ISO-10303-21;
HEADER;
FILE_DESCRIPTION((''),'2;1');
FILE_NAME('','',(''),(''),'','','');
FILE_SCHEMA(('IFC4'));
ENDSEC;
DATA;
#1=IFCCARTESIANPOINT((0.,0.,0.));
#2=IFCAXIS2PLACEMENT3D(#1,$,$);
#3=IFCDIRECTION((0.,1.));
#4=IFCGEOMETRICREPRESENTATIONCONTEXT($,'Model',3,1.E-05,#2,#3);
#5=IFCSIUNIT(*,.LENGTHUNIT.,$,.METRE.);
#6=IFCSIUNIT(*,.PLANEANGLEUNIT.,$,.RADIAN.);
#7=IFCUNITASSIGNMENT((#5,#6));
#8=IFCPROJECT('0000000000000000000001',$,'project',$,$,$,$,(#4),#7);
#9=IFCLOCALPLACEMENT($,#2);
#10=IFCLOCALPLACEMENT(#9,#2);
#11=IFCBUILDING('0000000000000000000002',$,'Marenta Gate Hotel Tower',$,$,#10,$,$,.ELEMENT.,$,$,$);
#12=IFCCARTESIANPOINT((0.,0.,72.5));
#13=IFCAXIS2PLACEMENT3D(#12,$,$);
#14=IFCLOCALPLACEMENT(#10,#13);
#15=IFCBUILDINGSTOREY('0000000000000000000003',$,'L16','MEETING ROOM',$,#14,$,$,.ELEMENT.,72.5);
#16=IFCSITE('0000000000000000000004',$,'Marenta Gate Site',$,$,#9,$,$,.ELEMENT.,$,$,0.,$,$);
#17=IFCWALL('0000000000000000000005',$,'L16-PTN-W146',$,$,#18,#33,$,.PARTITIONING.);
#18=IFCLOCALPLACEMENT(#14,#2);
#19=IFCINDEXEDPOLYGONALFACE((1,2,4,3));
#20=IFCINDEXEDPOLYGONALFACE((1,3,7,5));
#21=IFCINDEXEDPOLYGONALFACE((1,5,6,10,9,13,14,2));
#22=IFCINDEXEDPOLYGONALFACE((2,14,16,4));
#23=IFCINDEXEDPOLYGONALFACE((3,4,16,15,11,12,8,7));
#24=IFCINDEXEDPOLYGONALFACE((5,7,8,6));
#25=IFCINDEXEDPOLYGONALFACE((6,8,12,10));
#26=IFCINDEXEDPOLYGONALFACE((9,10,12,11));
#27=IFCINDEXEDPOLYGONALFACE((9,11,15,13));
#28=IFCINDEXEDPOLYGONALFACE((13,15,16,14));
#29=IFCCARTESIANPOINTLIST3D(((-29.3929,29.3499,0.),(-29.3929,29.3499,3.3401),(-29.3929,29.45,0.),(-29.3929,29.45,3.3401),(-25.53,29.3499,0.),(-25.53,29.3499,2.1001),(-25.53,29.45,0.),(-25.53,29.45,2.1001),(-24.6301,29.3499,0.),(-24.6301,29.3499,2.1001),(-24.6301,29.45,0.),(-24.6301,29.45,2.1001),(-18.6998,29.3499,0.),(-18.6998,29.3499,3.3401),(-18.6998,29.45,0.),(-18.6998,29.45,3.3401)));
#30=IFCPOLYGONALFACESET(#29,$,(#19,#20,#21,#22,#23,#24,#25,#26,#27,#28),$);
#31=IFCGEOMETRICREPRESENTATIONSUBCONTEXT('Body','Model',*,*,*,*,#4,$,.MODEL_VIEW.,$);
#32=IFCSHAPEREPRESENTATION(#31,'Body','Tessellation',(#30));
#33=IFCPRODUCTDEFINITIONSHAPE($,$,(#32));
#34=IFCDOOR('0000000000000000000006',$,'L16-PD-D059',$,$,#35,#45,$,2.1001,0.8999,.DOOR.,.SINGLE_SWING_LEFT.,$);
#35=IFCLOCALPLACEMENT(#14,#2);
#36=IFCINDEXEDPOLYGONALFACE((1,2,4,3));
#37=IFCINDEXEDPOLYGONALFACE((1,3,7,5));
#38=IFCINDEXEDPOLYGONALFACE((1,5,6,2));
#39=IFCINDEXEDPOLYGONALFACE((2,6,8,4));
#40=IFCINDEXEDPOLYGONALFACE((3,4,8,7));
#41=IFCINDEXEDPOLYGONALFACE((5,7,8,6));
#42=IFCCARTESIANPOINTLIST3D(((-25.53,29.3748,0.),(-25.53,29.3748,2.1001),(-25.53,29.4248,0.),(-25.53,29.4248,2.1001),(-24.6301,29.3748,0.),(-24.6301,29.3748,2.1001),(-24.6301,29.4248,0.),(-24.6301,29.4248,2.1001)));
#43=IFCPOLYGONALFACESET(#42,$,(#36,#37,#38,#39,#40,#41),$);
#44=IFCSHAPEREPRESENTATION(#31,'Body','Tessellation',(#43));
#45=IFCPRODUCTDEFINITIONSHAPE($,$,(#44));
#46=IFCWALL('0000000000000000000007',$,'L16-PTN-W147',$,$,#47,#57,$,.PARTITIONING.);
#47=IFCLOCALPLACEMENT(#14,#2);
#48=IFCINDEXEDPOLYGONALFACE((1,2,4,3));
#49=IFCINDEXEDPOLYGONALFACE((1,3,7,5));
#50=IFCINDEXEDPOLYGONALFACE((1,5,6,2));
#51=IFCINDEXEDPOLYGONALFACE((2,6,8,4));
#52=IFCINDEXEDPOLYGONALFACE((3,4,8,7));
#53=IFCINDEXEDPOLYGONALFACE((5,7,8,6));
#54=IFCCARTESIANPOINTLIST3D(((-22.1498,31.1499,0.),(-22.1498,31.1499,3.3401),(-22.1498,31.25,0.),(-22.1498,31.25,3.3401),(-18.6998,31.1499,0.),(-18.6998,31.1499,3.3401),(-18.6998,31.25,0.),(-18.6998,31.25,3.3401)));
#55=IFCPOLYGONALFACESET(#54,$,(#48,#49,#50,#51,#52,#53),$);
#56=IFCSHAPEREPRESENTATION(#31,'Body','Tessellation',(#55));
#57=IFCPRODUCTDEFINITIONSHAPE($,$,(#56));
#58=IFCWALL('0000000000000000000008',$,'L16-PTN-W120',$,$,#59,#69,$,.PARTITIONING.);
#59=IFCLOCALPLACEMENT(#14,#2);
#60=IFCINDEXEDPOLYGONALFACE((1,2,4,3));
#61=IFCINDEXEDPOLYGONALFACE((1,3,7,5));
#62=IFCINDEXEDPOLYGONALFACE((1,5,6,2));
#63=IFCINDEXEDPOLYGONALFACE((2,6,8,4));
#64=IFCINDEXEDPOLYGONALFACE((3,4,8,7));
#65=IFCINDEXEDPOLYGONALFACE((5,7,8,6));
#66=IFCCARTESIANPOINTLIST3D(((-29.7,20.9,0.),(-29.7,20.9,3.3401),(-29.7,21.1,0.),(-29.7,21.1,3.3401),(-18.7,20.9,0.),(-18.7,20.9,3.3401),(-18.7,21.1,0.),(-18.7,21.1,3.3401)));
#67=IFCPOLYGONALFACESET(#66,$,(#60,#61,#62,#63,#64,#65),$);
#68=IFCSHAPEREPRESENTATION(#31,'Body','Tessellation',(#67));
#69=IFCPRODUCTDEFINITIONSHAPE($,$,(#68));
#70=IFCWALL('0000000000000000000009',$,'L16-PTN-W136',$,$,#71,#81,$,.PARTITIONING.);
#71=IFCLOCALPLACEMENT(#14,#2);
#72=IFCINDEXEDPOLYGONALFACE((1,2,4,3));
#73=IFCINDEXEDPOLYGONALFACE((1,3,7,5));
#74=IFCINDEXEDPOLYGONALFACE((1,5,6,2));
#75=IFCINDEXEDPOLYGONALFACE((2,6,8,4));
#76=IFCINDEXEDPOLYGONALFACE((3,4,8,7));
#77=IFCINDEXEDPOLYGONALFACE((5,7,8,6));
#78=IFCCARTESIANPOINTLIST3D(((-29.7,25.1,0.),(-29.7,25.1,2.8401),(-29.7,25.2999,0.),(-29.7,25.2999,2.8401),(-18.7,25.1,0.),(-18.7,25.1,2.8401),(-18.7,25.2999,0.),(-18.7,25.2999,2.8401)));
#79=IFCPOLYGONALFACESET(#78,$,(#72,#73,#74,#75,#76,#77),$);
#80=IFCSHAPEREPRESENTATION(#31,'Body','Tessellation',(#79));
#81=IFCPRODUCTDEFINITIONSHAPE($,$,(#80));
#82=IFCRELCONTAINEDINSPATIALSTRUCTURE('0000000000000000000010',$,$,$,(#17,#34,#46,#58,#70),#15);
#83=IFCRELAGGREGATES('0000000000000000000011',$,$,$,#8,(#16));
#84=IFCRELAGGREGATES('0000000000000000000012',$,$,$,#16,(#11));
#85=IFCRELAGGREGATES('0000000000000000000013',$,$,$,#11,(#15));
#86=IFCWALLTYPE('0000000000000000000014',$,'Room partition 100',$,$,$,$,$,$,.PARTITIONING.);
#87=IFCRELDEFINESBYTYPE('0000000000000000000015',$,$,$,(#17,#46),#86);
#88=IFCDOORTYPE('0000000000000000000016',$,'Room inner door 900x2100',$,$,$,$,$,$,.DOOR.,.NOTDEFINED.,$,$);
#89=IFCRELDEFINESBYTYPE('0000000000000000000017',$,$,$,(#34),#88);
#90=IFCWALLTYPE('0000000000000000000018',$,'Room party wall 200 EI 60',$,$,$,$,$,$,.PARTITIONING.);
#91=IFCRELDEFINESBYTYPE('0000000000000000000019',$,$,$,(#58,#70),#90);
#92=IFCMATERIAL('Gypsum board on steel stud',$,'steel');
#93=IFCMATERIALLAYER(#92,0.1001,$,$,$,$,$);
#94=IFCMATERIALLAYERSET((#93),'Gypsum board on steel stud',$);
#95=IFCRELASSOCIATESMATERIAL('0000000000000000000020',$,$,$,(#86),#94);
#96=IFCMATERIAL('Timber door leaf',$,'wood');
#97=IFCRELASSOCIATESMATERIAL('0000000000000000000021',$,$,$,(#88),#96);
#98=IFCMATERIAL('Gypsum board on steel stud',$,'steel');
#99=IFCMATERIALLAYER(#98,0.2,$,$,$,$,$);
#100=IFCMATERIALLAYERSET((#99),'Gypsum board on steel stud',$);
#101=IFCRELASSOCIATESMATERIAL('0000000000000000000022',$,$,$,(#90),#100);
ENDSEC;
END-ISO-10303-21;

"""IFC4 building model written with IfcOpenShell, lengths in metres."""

from ifc_helpers import new_model, si_unit, direction, frame, frame_2d, origin, place, context, subcontext, project, spatial, rectangle, extrude, material, layer, layer_set, type_object, element, fill, save


model = new_model("IFC4")

# Units and contexts
model_context = context("Model", 3, precision=1e-05, world=origin(), true_north=direction((0.0, 1.0)))
body_context = subcontext(model_context, "Body", "Model", "MODEL_VIEW")
ifc_project = project(units=[si_unit("LENGTHUNIT", "METRE"), si_unit("PLANEANGLEUNIT", "RADIAN")], contexts=[model_context])

# Site, building, storey
site_placement = place(None, origin())
site = spatial("IfcSite", under=ifc_project, at=site_placement, Name="Marenta Gate Site", CompositionType="ELEMENT", RefElevation=0.0)
building_placement = place(site_placement, origin())
building = spatial("IfcBuilding", under=site, at=building_placement, Name="Marenta Gate Hotel Tower", CompositionType="ELEMENT")
storey_placement = place(building_placement, frame((0.0, 0.0, 72.5)))
storey = spatial("IfcBuildingStorey", under=building, at=storey_placement, Name="L16", Description="MEETING ROOM", CompositionType="ELEMENT", Elevation=72.5)

# Shared definitions
ifc_material_1 = material(Name="Gypsum board on steel stud", Category="steel")
ifc_layer_1 = layer(ifc_material_1, 0.1001)
ifc_layer_set_1 = layer_set([ifc_layer_1], Name="Gypsum board on steel stud")
wall_type_1 = type_object("IfcWallType", Name="Room partition 100", PredefinedType="PARTITIONING", material=ifc_layer_set_1)

# Wall, opening, door
wall_1_placement = place(storey_placement, frame((-29.3931, 29.3999, 0.0), z_axis=(0.0, 0.0, 1.0), x_axis=(1.0, 0.0, 0.0)))
wall_1 = element("IfcWall", 1, at=wall_1_placement, inside=storey, type_object=wall_type_1, Name="L16-PTN-W146", PredefinedType="PARTITIONING", context=body_context, shape_type="SweptSolid", body=[
    extrude(rectangle(XDim=10.6931, YDim=0.1001, at=frame_2d((5.3467, 0.0))), origin(), (0.0, 0.0, 1.0), 3.3401),
])
opening_1_placement = place(wall_1_placement, frame((3.863, 0.0, 0.0)))
opening_1 = element("IfcOpeningElement", 2, at=opening_1_placement, cuts=wall_1, PredefinedType="OPENING", context=body_context, shape_type="SweptSolid", body=[
    extrude(rectangle(XDim=0.8999, YDim=2.1001, at=frame_2d((0.45, 1.05))), frame((0.0, 0.05, 0.0), z_axis=(0.0, -1.0, 0.0), x_axis=(1.0, 0.0, 0.0)), (0.0, 0.0, 1.0), 0.1001),
])
ifc_material_2 = material(Name="Timber door leaf", Category="wood")
door_type_1 = type_object("IfcDoorType", Name="Room inner door 900x2100", OperationType="NOTDEFINED", PredefinedType="DOOR", material=ifc_material_2)
door_1_placement = place(opening_1_placement, origin())
door_1 = element("IfcDoor", 3, at=door_1_placement, inside=storey, type_object=door_type_1, Name="L16-PD-D059", OperationType="SINGLE_SWING_LEFT", OverallHeight=2.1001, OverallWidth=0.8999, PredefinedType="DOOR", context=body_context, shape_type="SweptSolid", body=[
    extrude(rectangle(XDim=0.8999, YDim=2.1001, at=frame_2d((0.45, 1.05))), frame((0.0, 0.0249, 0.0), z_axis=(0.0, -1.0, 0.0), x_axis=(1.0, 0.0, 0.0)), (0.0, 0.0, 1.0), 0.05),
])
fill(opening_1, door_1)

# Walls
wall_2_placement = place(storey_placement, frame((-22.1499, 31.2, 0.0), z_axis=(0.0, 0.0, 1.0), x_axis=(1.0, 0.0, 0.0)))
element("IfcWall", 4, at=wall_2_placement, inside=storey, type_object=wall_type_1, Name="L16-PTN-W147", PredefinedType="PARTITIONING", context=body_context, shape_type="SweptSolid", body=[
    extrude(rectangle(XDim=3.45, YDim=0.1001, at=frame_2d((1.7251, 0.0))), origin(), (0.0, 0.0, 1.0), 3.3401),
])
ifc_material_3 = material(Name="Gypsum board on steel stud", Category="steel")
ifc_layer_2 = layer(ifc_material_3, 0.2)
ifc_layer_set_2 = layer_set([ifc_layer_2], Name="Gypsum board on steel stud")
wall_type_2 = type_object("IfcWallType", Name="Room party wall 200 EI 60", PredefinedType="PARTITIONING", material=ifc_layer_set_2)
wall_3_placement = place(storey_placement, frame((-29.7, 21.0, 0.0), z_axis=(0.0, 0.0, 1.0), x_axis=(1.0, 0.0, 0.0)))
element("IfcWall", 5, at=wall_3_placement, inside=storey, type_object=wall_type_2, Name="L16-PTN-W120", PredefinedType="PARTITIONING", context=body_context, shape_type="SweptSolid", body=[
    extrude(rectangle(XDim=11.0, YDim=0.2, at=frame_2d((5.5, 0.0))), origin(), (0.0, 0.0, 1.0), 3.3401),
])
wall_4_placement = place(storey_placement, frame((-29.7, 25.2, 0.0), z_axis=(0.0, 0.0, 1.0), x_axis=(1.0, 0.0, 0.0)))
element("IfcWall", 6, at=wall_4_placement, inside=storey, type_object=wall_type_2, Name="L16-PTN-W136", PredefinedType="PARTITIONING", context=body_context, shape_type="SweptSolid", body=[
    extrude(rectangle(XDim=11.0, YDim=0.2, at=frame_2d((5.5, 0.0))), origin(), (0.0, 0.0, 1.0), 2.8401),
])

save(model, "model.ifc")
